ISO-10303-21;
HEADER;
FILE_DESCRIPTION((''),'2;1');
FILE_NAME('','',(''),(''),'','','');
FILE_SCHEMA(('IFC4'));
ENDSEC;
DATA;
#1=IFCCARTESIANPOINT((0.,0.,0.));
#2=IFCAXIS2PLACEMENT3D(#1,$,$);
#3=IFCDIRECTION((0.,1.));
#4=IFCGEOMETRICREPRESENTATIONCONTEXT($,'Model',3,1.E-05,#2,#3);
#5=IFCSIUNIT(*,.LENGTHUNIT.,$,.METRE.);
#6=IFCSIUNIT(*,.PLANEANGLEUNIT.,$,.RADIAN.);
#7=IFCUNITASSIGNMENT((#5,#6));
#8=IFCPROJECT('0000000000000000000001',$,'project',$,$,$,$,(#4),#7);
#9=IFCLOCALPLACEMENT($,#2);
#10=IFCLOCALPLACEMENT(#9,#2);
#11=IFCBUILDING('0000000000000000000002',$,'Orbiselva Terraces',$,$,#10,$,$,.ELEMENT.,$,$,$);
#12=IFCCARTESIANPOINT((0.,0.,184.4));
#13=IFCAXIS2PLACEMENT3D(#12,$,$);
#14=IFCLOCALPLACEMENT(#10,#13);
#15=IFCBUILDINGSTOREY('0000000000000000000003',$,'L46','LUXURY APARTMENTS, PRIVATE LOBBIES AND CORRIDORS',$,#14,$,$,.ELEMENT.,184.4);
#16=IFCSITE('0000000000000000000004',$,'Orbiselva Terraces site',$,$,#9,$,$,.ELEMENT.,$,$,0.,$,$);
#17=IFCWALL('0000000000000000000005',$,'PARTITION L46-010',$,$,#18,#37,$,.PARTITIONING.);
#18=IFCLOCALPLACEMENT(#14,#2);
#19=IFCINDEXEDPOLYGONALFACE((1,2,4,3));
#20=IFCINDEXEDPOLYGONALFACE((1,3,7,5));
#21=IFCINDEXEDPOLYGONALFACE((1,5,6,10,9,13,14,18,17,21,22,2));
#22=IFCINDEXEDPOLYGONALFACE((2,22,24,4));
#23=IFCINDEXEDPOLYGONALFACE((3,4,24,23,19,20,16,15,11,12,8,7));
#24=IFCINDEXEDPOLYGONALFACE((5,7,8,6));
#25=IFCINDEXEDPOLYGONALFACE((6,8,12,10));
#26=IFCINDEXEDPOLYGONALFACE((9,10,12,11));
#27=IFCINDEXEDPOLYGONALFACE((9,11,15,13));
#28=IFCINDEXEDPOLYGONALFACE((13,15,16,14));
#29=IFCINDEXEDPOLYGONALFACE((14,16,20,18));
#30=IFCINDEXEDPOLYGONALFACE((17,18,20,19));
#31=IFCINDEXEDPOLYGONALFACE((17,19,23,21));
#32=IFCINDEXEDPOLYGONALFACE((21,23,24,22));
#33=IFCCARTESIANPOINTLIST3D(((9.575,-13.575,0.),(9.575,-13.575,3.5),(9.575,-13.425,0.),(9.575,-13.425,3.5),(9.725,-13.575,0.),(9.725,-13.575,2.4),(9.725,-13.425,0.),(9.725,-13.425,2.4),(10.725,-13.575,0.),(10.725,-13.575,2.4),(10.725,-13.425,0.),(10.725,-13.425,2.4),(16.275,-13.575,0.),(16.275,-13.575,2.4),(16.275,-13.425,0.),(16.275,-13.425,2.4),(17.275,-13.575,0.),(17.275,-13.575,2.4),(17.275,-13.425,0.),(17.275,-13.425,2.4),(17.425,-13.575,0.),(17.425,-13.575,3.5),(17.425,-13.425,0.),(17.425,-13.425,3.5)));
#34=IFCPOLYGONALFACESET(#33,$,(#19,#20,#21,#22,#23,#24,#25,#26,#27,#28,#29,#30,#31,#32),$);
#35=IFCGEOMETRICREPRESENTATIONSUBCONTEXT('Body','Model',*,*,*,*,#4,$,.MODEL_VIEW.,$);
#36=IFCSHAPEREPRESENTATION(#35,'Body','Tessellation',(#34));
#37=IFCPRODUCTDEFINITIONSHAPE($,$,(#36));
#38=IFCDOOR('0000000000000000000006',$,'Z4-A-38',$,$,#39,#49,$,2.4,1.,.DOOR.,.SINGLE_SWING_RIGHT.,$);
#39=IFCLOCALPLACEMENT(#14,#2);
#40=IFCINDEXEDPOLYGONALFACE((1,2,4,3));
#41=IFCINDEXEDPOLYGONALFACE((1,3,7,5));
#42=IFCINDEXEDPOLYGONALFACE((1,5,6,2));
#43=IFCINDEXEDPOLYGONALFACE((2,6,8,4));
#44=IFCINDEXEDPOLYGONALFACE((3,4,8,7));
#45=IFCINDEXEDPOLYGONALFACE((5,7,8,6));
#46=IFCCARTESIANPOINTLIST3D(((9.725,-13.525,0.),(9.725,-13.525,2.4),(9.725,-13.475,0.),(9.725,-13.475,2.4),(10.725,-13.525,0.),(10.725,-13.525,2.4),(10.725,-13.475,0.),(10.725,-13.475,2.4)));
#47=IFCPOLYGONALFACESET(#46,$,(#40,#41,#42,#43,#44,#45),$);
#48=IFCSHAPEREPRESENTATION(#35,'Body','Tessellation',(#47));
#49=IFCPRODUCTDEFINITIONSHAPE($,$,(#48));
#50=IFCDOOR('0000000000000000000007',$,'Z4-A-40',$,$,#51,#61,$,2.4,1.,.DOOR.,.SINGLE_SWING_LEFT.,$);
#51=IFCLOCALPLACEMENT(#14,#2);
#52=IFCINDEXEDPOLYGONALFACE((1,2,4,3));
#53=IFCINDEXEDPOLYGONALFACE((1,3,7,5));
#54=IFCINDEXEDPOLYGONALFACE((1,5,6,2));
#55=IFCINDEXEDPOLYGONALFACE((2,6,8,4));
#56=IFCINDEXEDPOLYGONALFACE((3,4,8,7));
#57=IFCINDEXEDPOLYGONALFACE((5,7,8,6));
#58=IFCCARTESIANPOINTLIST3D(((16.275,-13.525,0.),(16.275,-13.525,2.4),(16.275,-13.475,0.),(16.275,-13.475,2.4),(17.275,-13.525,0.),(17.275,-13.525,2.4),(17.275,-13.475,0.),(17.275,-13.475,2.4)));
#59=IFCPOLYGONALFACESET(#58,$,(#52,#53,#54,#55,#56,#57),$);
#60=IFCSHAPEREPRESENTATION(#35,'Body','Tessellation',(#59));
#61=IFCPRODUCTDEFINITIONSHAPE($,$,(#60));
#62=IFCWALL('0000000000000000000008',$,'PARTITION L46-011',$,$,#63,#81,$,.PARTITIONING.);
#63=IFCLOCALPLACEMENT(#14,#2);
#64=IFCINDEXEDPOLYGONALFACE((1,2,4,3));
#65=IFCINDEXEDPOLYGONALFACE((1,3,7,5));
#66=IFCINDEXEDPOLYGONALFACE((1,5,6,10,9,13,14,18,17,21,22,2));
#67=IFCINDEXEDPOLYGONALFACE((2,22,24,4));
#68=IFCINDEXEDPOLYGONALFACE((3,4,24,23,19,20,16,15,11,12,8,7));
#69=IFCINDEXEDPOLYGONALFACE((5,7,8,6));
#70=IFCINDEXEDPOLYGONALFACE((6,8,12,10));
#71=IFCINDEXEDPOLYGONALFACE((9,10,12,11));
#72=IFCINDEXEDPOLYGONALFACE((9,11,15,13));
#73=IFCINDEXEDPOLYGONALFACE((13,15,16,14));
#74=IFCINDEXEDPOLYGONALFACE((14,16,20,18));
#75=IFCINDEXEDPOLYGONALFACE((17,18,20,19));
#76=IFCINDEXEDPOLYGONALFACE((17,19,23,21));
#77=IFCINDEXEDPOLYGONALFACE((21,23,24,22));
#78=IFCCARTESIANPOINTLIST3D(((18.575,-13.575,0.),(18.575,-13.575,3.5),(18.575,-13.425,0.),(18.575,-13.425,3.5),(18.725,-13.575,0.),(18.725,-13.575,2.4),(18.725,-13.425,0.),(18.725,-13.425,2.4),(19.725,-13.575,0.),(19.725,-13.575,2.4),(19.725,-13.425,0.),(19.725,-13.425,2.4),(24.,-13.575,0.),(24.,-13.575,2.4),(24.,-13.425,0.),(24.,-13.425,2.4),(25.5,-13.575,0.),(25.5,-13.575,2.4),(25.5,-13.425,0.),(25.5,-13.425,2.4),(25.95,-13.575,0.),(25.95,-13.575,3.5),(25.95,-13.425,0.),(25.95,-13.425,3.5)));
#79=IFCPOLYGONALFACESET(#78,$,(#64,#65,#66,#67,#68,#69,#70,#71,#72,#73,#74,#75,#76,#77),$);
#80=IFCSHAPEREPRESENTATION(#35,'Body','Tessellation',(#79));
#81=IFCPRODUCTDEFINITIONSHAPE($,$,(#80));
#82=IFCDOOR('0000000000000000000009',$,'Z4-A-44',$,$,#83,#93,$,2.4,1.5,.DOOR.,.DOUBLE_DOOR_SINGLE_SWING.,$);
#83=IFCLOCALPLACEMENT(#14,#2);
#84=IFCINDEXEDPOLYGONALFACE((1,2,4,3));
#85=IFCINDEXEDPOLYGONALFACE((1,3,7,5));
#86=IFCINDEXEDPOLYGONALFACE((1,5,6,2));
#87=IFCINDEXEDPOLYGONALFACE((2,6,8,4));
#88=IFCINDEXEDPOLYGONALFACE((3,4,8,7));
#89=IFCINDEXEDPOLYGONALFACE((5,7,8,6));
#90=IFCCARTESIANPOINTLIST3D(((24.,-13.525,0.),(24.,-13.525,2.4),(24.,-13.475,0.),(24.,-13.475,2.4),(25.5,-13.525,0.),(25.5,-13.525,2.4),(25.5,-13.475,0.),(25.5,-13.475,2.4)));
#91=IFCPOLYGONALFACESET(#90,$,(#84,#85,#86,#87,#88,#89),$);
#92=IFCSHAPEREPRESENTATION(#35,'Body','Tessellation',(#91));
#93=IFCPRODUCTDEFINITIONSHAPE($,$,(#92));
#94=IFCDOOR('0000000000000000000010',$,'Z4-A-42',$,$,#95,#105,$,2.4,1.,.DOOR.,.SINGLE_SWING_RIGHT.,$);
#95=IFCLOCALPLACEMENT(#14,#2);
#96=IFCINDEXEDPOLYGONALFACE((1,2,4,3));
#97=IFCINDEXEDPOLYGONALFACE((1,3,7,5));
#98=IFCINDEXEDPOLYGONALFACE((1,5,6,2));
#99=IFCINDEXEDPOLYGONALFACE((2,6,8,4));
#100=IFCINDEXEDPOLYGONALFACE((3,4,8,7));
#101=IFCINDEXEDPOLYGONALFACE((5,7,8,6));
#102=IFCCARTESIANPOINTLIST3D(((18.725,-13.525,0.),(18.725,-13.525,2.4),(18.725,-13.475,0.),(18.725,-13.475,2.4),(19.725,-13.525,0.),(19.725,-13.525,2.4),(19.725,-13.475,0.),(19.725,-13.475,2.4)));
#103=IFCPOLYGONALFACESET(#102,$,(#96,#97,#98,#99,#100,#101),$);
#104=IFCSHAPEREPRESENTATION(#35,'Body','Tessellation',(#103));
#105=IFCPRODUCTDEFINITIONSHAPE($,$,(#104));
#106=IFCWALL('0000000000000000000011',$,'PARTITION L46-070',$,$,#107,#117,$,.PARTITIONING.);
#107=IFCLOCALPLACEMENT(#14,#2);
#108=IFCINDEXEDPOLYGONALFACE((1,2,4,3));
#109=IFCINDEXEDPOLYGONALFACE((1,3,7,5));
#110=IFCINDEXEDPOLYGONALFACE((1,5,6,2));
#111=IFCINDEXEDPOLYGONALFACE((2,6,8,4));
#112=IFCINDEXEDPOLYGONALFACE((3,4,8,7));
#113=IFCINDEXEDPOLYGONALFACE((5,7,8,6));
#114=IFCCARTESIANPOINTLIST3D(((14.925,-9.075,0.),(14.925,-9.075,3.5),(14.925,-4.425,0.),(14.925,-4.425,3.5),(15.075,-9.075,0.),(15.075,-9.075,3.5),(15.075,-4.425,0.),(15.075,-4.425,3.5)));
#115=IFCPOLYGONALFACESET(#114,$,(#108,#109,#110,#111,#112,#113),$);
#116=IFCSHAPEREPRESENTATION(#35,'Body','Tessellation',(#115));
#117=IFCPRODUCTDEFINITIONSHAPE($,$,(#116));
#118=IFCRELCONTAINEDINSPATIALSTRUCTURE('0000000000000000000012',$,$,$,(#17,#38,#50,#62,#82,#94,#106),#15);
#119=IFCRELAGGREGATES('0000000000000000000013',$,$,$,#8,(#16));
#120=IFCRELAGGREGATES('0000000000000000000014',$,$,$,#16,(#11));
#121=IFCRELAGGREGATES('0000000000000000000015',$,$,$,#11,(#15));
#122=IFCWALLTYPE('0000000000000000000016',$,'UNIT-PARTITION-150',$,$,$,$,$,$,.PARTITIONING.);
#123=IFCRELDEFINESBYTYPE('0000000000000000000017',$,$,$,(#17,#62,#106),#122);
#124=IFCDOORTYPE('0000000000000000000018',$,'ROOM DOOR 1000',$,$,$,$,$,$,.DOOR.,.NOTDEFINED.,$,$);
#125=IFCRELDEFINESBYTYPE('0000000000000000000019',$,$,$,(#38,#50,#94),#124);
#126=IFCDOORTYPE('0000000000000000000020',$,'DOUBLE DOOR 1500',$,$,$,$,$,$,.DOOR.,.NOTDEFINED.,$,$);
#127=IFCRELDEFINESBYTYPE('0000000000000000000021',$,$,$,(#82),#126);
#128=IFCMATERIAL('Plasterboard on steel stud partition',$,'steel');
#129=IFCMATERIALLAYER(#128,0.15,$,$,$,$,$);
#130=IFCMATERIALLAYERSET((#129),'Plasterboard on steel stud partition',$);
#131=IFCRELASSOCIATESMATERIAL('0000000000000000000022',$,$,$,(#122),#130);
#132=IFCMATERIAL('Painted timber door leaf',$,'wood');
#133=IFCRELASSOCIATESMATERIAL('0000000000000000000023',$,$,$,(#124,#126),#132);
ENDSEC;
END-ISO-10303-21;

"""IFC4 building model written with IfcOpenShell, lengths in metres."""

from ifc_helpers import new_model, si_unit, direction, frame, frame_2d, origin, place, context, subcontext, project, spatial, rectangle, extrude, material, layer, layer_set, type_object, element, fill, save


model = new_model("IFC4")

# Units and contexts
model_context = context("Model", 3, precision=1e-05, world=origin(), true_north=direction((0.0, 1.0)))
body_context = subcontext(model_context, "Body", "Model", "MODEL_VIEW")
ifc_project = project(units=[si_unit("LENGTHUNIT", "METRE"), si_unit("PLANEANGLEUNIT", "RADIAN")], contexts=[model_context])

# Site, building, storey
site_placement = place(None, origin())
site = spatial("IfcSite", under=ifc_project, at=site_placement, Name="Orbiselva Terraces site", CompositionType="ELEMENT", RefElevation=0.0)
building_placement = place(site_placement, origin())
building = spatial("IfcBuilding", under=site, at=building_placement, Name="Orbiselva Terraces", CompositionType="ELEMENT")
storey_placement = place(building_placement, frame((0.0, 0.0, 184.4)))
storey = spatial("IfcBuildingStorey", under=building, at=storey_placement, Name="L46", Description="LUXURY APARTMENTS, PRIVATE LOBBIES AND CORRIDORS", CompositionType="ELEMENT", Elevation=184.4)

# Shared definitions
ifc_material_1 = material(Name="Plasterboard on steel stud partition", Category="steel")
ifc_layer_1 = layer(ifc_material_1, 0.15)
ifc_layer_set_1 = layer_set([ifc_layer_1], Name="Plasterboard on steel stud partition")
wall_type_1 = type_object("IfcWallType", Name="UNIT-PARTITION-150", PredefinedType="PARTITIONING", material=ifc_layer_set_1)
ifc_material_2 = material(Name="Painted timber door leaf", Category="wood")

# Walls, openings, doors
wall_1_placement = place(storey_placement, frame((17.425, -13.5, 0.0), z_axis=(0.0, 0.0, 1.0), x_axis=(-1.0, 0.0, 0.0)))
wall_1 = element("IfcWall", 1, at=wall_1_placement, inside=storey, type_object=wall_type_1, Name="PARTITION L46-010", PredefinedType="PARTITIONING", context=body_context, shape_type="SweptSolid", body=[
    extrude(rectangle(XDim=7.85, YDim=0.15, at=frame_2d((3.925, 0.0))), origin(), (0.0, 0.0, 1.0), 3.5),
])
opening_1_placement = place(wall_1_placement, frame((6.7, 0.0, 0.0)))
opening_1 = element("IfcOpeningElement", 2, at=opening_1_placement, cuts=wall_1, PredefinedType="OPENING", context=body_context, shape_type="SweptSolid", body=[
    extrude(rectangle(XDim=1.0, YDim=2.4, at=frame_2d((0.5, 1.2))), frame((0.0, 0.085, 0.0), z_axis=(0.0, -1.0, 0.0), x_axis=(1.0, 0.0, 0.0)), (0.0, 0.0, 1.0), 0.17),
])
opening_2_placement = place(wall_1_placement, frame((0.15, 0.0, 0.0)))
opening_2 = element("IfcOpeningElement", 3, at=opening_2_placement, cuts=wall_1, PredefinedType="OPENING", context=body_context, shape_type="SweptSolid", body=[
    extrude(rectangle(XDim=1.0, YDim=2.4, at=frame_2d((0.5, 1.2))), frame((0.0, 0.085, 0.0), z_axis=(0.0, -1.0, 0.0), x_axis=(1.0, 0.0, 0.0)), (0.0, 0.0, 1.0), 0.17),
])
door_type_1 = type_object("IfcDoorType", Name="ROOM DOOR 1000", OperationType="NOTDEFINED", PredefinedType="DOOR", material=ifc_material_2)
door_1_placement = place(opening_1_placement, origin())
door_1 = element("IfcDoor", 4, at=door_1_placement, inside=storey, type_object=door_type_1, Name="Z4-A-38", OperationType="SINGLE_SWING_RIGHT", OverallHeight=2.4, OverallWidth=1.0, PredefinedType="DOOR", context=body_context, shape_type="SweptSolid", body=[
    extrude(rectangle(XDim=1.0, YDim=2.4, at=frame_2d((0.5, 1.2))), frame((0.0, 0.025, 0.0), z_axis=(0.0, -1.0, 0.0), x_axis=(1.0, 0.0, 0.0)), (0.0, 0.0, 1.0), 0.05),
])
fill(opening_1, door_1)
door_2_placement = place(opening_2_placement, origin())
door_2 = element("IfcDoor", 5, at=door_2_placement, inside=storey, type_object=door_type_1, Name="Z4-A-40", OperationType="SINGLE_SWING_LEFT", OverallHeight=2.4, OverallWidth=1.0, PredefinedType="DOOR", context=body_context, shape_type="SweptSolid", body=[
    extrude(rectangle(XDim=1.0, YDim=2.4, at=frame_2d((0.5, 1.2))), frame((0.0, 0.025, 0.0), z_axis=(0.0, -1.0, 0.0), x_axis=(1.0, 0.0, 0.0)), (0.0, 0.0, 1.0), 0.05),
])
fill(opening_2, door_2)
wall_2_placement = place(storey_placement, frame((25.95, -13.5, 0.0), z_axis=(0.0, 0.0, 1.0), x_axis=(-1.0, 0.0, 0.0)))
wall_2 = element("IfcWall", 6, at=wall_2_placement, inside=storey, type_object=wall_type_1, Name="PARTITION L46-011", PredefinedType="PARTITIONING", context=body_context, shape_type="SweptSolid", body=[
    extrude(rectangle(XDim=7.375, YDim=0.15, at=frame_2d((3.6875, 0.0))), origin(), (0.0, 0.0, 1.0), 3.5),
])
opening_3_placement = place(wall_2_placement, frame((6.225, 0.0, 0.0)))
opening_3 = element("IfcOpeningElement", 7, at=opening_3_placement, cuts=wall_2, PredefinedType="OPENING", context=body_context, shape_type="SweptSolid", body=[
    extrude(rectangle(XDim=1.0, YDim=2.4, at=frame_2d((0.5, 1.2))), frame((0.0, 0.085, 0.0), z_axis=(0.0, -1.0, 0.0), x_axis=(1.0, 0.0, 0.0)), (0.0, 0.0, 1.0), 0.17),
])
opening_4_placement = place(wall_2_placement, frame((0.45, 0.0, 0.0)))
opening_4 = element("IfcOpeningElement", 8, at=opening_4_placement, cuts=wall_2, PredefinedType="OPENING", context=body_context, shape_type="SweptSolid", body=[
    extrude(rectangle(XDim=1.5, YDim=2.4, at=frame_2d((0.75, 1.2))), frame((0.0, 0.085, 0.0), z_axis=(0.0, -1.0, 0.0), x_axis=(1.0, 0.0, 0.0)), (0.0, 0.0, 1.0), 0.17),
])
door_type_2 = type_object("IfcDoorType", Name="DOUBLE DOOR 1500", OperationType="NOTDEFINED", PredefinedType="DOOR", material=ifc_material_2)
door_3_placement = place(opening_4_placement, origin())
door_3 = element("IfcDoor", 9, at=door_3_placement, inside=storey, type_object=door_type_2, Name="Z4-A-44", OperationType="DOUBLE_DOOR_SINGLE_SWING", OverallHeight=2.4, OverallWidth=1.5, PredefinedType="DOOR", context=body_context, shape_type="SweptSolid", body=[
    extrude(rectangle(XDim=1.5, YDim=2.4, at=frame_2d((0.75, 1.2))), frame((0.0, 0.025, 0.0), z_axis=(0.0, -1.0, 0.0), x_axis=(1.0, 0.0, 0.0)), (0.0, 0.0, 1.0), 0.05),
])
fill(opening_4, door_3)
door_4_placement = place(opening_3_placement, origin())
door_4 = element("IfcDoor", 10, at=door_4_placement, inside=storey, type_object=door_type_1, Name="Z4-A-42", OperationType="SINGLE_SWING_RIGHT", OverallHeight=2.4, OverallWidth=1.0, PredefinedType="DOOR", context=body_context, shape_type="SweptSolid", body=[
    extrude(rectangle(XDim=1.0, YDim=2.4, at=frame_2d((0.5, 1.2))), frame((0.0, 0.025, 0.0), z_axis=(0.0, -1.0, 0.0), x_axis=(1.0, 0.0, 0.0)), (0.0, 0.0, 1.0), 0.05),
])
fill(opening_3, door_4)

# Wall
wall_3_placement = place(storey_placement, frame((15.0, -9.075, 0.0), z_axis=(0.0, 0.0, 1.0), x_axis=(0.0, 1.0, 0.0)))
element("IfcWall", 11, at=wall_3_placement, inside=storey, type_object=wall_type_1, Name="PARTITION L46-070", PredefinedType="PARTITIONING", context=body_context, shape_type="SweptSolid", body=[
    extrude(rectangle(XDim=4.65, YDim=0.15, at=frame_2d((2.325, 0.0))), origin(), (0.0, 0.0, 1.0), 3.5),
])

save(model, "model.ifc")
